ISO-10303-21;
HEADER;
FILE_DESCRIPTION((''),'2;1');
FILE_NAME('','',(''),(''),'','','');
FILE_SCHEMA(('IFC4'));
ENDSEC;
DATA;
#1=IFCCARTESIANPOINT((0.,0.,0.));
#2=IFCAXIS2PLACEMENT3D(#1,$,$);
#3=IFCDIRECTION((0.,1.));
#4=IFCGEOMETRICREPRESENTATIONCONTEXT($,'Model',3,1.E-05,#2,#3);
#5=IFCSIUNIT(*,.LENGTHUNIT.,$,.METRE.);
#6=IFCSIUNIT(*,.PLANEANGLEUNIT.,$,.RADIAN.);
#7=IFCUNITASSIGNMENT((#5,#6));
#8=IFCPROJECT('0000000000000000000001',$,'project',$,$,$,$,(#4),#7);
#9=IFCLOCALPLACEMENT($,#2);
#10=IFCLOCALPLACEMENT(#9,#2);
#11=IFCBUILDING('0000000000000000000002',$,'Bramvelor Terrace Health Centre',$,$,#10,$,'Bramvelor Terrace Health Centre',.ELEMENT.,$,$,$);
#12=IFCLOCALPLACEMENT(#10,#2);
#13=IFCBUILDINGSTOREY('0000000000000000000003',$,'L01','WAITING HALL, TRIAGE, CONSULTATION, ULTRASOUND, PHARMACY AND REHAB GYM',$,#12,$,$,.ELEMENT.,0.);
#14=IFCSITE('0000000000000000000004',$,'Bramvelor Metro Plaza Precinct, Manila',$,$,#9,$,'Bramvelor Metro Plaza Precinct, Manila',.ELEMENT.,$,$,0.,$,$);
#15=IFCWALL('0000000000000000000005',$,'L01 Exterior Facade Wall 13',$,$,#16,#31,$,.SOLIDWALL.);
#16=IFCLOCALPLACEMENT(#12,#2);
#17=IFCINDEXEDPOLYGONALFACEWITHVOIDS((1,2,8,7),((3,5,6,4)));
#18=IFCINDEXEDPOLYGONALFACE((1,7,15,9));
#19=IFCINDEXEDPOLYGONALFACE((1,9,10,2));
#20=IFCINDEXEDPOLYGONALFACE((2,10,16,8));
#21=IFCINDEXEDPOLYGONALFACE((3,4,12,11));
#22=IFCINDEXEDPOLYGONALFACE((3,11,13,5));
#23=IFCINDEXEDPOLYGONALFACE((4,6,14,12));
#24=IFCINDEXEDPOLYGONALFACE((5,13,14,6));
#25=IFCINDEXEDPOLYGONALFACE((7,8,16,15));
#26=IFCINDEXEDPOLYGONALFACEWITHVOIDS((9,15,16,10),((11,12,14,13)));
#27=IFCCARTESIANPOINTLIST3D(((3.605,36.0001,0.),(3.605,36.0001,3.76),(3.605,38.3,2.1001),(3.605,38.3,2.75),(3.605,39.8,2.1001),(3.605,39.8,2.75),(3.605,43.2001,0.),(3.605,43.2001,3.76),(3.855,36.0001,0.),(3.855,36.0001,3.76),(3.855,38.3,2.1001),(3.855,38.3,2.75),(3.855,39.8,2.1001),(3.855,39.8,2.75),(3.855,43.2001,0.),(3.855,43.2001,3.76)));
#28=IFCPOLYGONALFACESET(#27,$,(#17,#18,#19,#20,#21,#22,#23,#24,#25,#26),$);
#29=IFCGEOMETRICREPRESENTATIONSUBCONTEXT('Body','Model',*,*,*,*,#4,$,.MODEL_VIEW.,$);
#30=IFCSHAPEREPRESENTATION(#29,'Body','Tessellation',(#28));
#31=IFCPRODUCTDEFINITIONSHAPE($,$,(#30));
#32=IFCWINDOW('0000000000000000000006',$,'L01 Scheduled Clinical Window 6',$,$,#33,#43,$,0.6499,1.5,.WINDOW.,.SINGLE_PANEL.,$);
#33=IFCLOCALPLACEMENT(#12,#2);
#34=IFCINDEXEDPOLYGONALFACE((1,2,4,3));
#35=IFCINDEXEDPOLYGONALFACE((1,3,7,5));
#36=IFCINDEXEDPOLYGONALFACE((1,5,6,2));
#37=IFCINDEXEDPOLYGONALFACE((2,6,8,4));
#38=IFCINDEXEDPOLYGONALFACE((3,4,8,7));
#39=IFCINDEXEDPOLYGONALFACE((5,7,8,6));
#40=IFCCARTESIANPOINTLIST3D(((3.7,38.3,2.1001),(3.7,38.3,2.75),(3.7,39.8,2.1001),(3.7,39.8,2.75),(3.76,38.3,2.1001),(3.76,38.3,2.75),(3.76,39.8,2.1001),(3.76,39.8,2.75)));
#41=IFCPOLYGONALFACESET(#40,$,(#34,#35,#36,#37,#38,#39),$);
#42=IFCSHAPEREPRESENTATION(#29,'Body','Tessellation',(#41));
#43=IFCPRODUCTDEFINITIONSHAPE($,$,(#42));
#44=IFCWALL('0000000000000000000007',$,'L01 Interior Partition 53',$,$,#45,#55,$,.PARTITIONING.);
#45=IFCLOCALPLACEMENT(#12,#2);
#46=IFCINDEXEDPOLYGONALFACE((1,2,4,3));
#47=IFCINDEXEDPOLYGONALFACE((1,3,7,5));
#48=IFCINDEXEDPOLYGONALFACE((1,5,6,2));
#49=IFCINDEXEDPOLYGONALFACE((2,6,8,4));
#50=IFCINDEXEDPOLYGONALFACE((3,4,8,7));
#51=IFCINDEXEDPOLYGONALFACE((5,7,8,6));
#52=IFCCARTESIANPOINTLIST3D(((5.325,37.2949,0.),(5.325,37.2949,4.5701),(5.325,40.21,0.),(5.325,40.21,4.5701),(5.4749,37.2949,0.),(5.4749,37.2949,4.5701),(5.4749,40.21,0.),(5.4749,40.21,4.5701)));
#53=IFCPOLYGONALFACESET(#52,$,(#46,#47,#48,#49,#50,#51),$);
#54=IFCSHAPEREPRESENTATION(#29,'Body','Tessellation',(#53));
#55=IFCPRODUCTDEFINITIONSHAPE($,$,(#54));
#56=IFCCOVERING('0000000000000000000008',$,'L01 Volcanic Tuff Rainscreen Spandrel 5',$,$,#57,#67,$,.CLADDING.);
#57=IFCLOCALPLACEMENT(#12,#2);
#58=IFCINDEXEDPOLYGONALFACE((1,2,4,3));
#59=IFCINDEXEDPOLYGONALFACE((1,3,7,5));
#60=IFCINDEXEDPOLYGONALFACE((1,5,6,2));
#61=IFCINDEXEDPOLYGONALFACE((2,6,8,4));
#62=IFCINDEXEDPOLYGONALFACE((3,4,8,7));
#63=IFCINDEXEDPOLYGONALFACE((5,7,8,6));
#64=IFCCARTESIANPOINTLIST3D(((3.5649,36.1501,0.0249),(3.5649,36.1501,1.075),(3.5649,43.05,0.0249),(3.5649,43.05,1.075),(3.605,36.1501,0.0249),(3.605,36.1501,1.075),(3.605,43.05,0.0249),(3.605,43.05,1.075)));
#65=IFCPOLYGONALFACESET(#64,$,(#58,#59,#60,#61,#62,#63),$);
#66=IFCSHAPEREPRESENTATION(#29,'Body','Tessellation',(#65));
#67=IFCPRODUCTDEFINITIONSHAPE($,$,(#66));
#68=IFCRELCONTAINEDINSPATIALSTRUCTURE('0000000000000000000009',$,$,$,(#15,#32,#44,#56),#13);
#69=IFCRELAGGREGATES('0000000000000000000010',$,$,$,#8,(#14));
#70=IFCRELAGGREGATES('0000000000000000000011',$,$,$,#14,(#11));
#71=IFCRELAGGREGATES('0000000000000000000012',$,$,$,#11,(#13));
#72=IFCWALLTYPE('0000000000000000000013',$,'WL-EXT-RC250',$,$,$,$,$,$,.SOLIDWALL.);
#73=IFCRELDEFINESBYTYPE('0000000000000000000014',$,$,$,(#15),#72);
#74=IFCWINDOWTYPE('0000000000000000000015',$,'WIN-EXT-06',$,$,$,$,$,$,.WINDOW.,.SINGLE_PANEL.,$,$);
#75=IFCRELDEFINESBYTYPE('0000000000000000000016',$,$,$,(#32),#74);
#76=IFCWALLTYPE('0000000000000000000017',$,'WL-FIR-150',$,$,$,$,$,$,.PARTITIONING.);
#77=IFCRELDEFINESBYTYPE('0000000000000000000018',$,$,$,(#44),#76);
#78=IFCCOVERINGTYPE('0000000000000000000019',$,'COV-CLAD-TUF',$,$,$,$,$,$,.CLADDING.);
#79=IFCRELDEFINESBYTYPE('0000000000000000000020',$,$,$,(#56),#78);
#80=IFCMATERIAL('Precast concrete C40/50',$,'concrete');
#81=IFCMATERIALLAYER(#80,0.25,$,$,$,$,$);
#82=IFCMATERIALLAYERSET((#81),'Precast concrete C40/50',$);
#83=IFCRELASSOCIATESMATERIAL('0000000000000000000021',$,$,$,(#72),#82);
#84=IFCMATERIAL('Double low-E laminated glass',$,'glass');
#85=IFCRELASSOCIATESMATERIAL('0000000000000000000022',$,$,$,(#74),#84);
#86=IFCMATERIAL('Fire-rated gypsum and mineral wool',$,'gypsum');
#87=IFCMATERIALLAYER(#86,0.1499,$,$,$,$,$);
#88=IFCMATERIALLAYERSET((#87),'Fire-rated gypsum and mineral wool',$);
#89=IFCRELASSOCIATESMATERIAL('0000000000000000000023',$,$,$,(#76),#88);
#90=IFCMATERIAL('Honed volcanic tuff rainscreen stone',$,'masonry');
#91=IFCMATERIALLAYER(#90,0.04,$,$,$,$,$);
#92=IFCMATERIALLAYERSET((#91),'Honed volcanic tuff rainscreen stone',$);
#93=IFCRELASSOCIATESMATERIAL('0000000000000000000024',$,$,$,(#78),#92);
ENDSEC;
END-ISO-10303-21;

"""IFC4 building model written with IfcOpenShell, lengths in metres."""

from ifc_helpers import new_model, si_unit, direction, frame, frame_2d, origin, origin_2d, place, context, subcontext, project, spatial, rectangle, extrude, material, layer, layer_set, type_object, element, fill, save


model = new_model("IFC4")

# Units and contexts
model_context = context("Model", 3, precision=1e-05, world=origin(), true_north=direction((0.0, 1.0)))
body_context = subcontext(model_context, "Body", "Model", "MODEL_VIEW")
ifc_project = project(units=[si_unit("LENGTHUNIT", "METRE"), si_unit("PLANEANGLEUNIT", "RADIAN")], contexts=[model_context])

# Site, building, storey
site_placement = place(None, origin())
site = spatial("IfcSite", under=ifc_project, at=site_placement, Name="Bramvelor Metro Plaza Precinct, Manila", LongName="Bramvelor Metro Plaza Precinct, Manila", CompositionType="ELEMENT", RefElevation=0.0)
building_placement = place(site_placement, origin())
building = spatial("IfcBuilding", under=site, at=building_placement, Name="Bramvelor Terrace Health Centre", LongName="Bramvelor Terrace Health Centre", CompositionType="ELEMENT")
storey_placement = place(building_placement, origin())
storey = spatial("IfcBuildingStorey", under=building, at=storey_placement, Name="L01", Description="WAITING HALL, TRIAGE, CONSULTATION, ULTRASOUND, PHARMACY AND REHAB GYM", CompositionType="ELEMENT", Elevation=0.0)

# Wall, opening, window
ifc_material_1 = material(Name="Precast concrete C40/50", Category="concrete")
ifc_layer_1 = layer(ifc_material_1, 0.25)
ifc_layer_set_1 = layer_set([ifc_layer_1], Name="Precast concrete C40/50")
wall_type_1 = type_object("IfcWallType", Name="WL-EXT-RC250", PredefinedType="SOLIDWALL", material=ifc_layer_set_1)
wall_1_placement = place(storey_placement, frame((3.73, 36.0, 0.0), z_axis=(0.0, 0.0, 1.0), x_axis=(0.0, 1.0, 0.0)))
wall_1 = element("IfcWall", 1, at=wall_1_placement, inside=storey, type_object=wall_type_1, Name="L01 Exterior Facade Wall 13", PredefinedType="SOLIDWALL", context=body_context, shape_type="SweptSolid", body=[
    extrude(rectangle(XDim=7.2, YDim=0.25, at=frame_2d((3.6001, 0.0))), origin(), (0.0, 0.0, 1.0), 3.76),
])
opening_1_placement = place(wall_1_placement, frame((2.3, 0.0, 2.1001)))
opening_1 = element("IfcOpeningElement", 2, at=opening_1_placement, cuts=wall_1, PredefinedType="OPENING", context=body_context, shape_type="SweptSolid", body=[
    extrude(rectangle(XDim=1.5, YDim=0.6499, at=frame_2d((0.75, 0.325))), frame((0.0, 0.135, 0.0), z_axis=(0.0, -1.0, 0.0), x_axis=(1.0, 0.0, 0.0)), (0.0, 0.0, 1.0), 0.27),
])
ifc_material_2 = material(Name="Double low-E laminated glass", Category="glass")
window_type = type_object("IfcWindowType", Name="WIN-EXT-06", PartitioningType="SINGLE_PANEL", PredefinedType="WINDOW", material=ifc_material_2)
window_placement = place(opening_1_placement, origin())
window = element("IfcWindow", 3, at=window_placement, inside=storey, type_object=window_type, Name="L01 Scheduled Clinical Window 6", OverallHeight=0.6499, OverallWidth=1.5, PartitioningType="SINGLE_PANEL", PredefinedType="WINDOW", context=body_context, shape_type="SweptSolid", body=[
    extrude(rectangle(XDim=1.5, YDim=0.6499, at=frame_2d((0.75, 0.325))), frame((0.0, 0.03, 0.0), z_axis=(0.0, -1.0, 0.0), x_axis=(1.0, 0.0, 0.0)), (0.0, 0.0, 1.0), 0.0601),
])
fill(opening_1, window)

# Wall
ifc_material_3 = material(Name="Fire-rated gypsum and mineral wool", Category="gypsum")
ifc_layer_2 = layer(ifc_material_3, 0.1499)
ifc_layer_set_2 = layer_set([ifc_layer_2], Name="Fire-rated gypsum and mineral wool")
wall_type_2 = type_object("IfcWallType", Name="WL-FIR-150", PredefinedType="PARTITIONING", material=ifc_layer_set_2)
wall_2_placement = place(storey_placement, frame((5.3999, 37.2949, 0.0), z_axis=(0.0, 0.0, 1.0), x_axis=(0.0, 1.0, 0.0)))
element("IfcWall", 4, at=wall_2_placement, inside=storey, type_object=wall_type_2, Name="L01 Interior Partition 53", PredefinedType="PARTITIONING", context=body_context, shape_type="SweptSolid", body=[
    extrude(rectangle(XDim=2.915, YDim=0.1499, at=frame_2d((1.4575, 0.0))), origin(), (0.0, 0.0, 1.0), 4.5701),
])

# Covering
ifc_material_4 = material(Name="Honed volcanic tuff rainscreen stone", Category="masonry")
ifc_layer_3 = layer(ifc_material_4, 0.04)
ifc_layer_set_3 = layer_set([ifc_layer_3], Name="Honed volcanic tuff rainscreen stone")
covering_type = type_object("IfcCoveringType", Name="COV-CLAD-TUF", PredefinedType="CLADDING", material=ifc_layer_set_3)
covering_placement = place(storey_placement, frame((3.585, 39.6001, 0.0249), z_axis=(0.0, 0.0, 1.0), x_axis=(1.0, 0.0, 0.0)))
element("IfcCovering", 5, at=covering_placement, inside=storey, type_object=covering_type, Name="L01 Volcanic Tuff Rainscreen Spandrel 5", PredefinedType="CLADDING", context=body_context, shape_type="SweptSolid", body=[
    extrude(rectangle(XDim=0.04, YDim=6.8999, at=origin_2d()), origin(), (0.0, 0.0, 1.0), 1.05),
])

save(model, "model.ifc")
